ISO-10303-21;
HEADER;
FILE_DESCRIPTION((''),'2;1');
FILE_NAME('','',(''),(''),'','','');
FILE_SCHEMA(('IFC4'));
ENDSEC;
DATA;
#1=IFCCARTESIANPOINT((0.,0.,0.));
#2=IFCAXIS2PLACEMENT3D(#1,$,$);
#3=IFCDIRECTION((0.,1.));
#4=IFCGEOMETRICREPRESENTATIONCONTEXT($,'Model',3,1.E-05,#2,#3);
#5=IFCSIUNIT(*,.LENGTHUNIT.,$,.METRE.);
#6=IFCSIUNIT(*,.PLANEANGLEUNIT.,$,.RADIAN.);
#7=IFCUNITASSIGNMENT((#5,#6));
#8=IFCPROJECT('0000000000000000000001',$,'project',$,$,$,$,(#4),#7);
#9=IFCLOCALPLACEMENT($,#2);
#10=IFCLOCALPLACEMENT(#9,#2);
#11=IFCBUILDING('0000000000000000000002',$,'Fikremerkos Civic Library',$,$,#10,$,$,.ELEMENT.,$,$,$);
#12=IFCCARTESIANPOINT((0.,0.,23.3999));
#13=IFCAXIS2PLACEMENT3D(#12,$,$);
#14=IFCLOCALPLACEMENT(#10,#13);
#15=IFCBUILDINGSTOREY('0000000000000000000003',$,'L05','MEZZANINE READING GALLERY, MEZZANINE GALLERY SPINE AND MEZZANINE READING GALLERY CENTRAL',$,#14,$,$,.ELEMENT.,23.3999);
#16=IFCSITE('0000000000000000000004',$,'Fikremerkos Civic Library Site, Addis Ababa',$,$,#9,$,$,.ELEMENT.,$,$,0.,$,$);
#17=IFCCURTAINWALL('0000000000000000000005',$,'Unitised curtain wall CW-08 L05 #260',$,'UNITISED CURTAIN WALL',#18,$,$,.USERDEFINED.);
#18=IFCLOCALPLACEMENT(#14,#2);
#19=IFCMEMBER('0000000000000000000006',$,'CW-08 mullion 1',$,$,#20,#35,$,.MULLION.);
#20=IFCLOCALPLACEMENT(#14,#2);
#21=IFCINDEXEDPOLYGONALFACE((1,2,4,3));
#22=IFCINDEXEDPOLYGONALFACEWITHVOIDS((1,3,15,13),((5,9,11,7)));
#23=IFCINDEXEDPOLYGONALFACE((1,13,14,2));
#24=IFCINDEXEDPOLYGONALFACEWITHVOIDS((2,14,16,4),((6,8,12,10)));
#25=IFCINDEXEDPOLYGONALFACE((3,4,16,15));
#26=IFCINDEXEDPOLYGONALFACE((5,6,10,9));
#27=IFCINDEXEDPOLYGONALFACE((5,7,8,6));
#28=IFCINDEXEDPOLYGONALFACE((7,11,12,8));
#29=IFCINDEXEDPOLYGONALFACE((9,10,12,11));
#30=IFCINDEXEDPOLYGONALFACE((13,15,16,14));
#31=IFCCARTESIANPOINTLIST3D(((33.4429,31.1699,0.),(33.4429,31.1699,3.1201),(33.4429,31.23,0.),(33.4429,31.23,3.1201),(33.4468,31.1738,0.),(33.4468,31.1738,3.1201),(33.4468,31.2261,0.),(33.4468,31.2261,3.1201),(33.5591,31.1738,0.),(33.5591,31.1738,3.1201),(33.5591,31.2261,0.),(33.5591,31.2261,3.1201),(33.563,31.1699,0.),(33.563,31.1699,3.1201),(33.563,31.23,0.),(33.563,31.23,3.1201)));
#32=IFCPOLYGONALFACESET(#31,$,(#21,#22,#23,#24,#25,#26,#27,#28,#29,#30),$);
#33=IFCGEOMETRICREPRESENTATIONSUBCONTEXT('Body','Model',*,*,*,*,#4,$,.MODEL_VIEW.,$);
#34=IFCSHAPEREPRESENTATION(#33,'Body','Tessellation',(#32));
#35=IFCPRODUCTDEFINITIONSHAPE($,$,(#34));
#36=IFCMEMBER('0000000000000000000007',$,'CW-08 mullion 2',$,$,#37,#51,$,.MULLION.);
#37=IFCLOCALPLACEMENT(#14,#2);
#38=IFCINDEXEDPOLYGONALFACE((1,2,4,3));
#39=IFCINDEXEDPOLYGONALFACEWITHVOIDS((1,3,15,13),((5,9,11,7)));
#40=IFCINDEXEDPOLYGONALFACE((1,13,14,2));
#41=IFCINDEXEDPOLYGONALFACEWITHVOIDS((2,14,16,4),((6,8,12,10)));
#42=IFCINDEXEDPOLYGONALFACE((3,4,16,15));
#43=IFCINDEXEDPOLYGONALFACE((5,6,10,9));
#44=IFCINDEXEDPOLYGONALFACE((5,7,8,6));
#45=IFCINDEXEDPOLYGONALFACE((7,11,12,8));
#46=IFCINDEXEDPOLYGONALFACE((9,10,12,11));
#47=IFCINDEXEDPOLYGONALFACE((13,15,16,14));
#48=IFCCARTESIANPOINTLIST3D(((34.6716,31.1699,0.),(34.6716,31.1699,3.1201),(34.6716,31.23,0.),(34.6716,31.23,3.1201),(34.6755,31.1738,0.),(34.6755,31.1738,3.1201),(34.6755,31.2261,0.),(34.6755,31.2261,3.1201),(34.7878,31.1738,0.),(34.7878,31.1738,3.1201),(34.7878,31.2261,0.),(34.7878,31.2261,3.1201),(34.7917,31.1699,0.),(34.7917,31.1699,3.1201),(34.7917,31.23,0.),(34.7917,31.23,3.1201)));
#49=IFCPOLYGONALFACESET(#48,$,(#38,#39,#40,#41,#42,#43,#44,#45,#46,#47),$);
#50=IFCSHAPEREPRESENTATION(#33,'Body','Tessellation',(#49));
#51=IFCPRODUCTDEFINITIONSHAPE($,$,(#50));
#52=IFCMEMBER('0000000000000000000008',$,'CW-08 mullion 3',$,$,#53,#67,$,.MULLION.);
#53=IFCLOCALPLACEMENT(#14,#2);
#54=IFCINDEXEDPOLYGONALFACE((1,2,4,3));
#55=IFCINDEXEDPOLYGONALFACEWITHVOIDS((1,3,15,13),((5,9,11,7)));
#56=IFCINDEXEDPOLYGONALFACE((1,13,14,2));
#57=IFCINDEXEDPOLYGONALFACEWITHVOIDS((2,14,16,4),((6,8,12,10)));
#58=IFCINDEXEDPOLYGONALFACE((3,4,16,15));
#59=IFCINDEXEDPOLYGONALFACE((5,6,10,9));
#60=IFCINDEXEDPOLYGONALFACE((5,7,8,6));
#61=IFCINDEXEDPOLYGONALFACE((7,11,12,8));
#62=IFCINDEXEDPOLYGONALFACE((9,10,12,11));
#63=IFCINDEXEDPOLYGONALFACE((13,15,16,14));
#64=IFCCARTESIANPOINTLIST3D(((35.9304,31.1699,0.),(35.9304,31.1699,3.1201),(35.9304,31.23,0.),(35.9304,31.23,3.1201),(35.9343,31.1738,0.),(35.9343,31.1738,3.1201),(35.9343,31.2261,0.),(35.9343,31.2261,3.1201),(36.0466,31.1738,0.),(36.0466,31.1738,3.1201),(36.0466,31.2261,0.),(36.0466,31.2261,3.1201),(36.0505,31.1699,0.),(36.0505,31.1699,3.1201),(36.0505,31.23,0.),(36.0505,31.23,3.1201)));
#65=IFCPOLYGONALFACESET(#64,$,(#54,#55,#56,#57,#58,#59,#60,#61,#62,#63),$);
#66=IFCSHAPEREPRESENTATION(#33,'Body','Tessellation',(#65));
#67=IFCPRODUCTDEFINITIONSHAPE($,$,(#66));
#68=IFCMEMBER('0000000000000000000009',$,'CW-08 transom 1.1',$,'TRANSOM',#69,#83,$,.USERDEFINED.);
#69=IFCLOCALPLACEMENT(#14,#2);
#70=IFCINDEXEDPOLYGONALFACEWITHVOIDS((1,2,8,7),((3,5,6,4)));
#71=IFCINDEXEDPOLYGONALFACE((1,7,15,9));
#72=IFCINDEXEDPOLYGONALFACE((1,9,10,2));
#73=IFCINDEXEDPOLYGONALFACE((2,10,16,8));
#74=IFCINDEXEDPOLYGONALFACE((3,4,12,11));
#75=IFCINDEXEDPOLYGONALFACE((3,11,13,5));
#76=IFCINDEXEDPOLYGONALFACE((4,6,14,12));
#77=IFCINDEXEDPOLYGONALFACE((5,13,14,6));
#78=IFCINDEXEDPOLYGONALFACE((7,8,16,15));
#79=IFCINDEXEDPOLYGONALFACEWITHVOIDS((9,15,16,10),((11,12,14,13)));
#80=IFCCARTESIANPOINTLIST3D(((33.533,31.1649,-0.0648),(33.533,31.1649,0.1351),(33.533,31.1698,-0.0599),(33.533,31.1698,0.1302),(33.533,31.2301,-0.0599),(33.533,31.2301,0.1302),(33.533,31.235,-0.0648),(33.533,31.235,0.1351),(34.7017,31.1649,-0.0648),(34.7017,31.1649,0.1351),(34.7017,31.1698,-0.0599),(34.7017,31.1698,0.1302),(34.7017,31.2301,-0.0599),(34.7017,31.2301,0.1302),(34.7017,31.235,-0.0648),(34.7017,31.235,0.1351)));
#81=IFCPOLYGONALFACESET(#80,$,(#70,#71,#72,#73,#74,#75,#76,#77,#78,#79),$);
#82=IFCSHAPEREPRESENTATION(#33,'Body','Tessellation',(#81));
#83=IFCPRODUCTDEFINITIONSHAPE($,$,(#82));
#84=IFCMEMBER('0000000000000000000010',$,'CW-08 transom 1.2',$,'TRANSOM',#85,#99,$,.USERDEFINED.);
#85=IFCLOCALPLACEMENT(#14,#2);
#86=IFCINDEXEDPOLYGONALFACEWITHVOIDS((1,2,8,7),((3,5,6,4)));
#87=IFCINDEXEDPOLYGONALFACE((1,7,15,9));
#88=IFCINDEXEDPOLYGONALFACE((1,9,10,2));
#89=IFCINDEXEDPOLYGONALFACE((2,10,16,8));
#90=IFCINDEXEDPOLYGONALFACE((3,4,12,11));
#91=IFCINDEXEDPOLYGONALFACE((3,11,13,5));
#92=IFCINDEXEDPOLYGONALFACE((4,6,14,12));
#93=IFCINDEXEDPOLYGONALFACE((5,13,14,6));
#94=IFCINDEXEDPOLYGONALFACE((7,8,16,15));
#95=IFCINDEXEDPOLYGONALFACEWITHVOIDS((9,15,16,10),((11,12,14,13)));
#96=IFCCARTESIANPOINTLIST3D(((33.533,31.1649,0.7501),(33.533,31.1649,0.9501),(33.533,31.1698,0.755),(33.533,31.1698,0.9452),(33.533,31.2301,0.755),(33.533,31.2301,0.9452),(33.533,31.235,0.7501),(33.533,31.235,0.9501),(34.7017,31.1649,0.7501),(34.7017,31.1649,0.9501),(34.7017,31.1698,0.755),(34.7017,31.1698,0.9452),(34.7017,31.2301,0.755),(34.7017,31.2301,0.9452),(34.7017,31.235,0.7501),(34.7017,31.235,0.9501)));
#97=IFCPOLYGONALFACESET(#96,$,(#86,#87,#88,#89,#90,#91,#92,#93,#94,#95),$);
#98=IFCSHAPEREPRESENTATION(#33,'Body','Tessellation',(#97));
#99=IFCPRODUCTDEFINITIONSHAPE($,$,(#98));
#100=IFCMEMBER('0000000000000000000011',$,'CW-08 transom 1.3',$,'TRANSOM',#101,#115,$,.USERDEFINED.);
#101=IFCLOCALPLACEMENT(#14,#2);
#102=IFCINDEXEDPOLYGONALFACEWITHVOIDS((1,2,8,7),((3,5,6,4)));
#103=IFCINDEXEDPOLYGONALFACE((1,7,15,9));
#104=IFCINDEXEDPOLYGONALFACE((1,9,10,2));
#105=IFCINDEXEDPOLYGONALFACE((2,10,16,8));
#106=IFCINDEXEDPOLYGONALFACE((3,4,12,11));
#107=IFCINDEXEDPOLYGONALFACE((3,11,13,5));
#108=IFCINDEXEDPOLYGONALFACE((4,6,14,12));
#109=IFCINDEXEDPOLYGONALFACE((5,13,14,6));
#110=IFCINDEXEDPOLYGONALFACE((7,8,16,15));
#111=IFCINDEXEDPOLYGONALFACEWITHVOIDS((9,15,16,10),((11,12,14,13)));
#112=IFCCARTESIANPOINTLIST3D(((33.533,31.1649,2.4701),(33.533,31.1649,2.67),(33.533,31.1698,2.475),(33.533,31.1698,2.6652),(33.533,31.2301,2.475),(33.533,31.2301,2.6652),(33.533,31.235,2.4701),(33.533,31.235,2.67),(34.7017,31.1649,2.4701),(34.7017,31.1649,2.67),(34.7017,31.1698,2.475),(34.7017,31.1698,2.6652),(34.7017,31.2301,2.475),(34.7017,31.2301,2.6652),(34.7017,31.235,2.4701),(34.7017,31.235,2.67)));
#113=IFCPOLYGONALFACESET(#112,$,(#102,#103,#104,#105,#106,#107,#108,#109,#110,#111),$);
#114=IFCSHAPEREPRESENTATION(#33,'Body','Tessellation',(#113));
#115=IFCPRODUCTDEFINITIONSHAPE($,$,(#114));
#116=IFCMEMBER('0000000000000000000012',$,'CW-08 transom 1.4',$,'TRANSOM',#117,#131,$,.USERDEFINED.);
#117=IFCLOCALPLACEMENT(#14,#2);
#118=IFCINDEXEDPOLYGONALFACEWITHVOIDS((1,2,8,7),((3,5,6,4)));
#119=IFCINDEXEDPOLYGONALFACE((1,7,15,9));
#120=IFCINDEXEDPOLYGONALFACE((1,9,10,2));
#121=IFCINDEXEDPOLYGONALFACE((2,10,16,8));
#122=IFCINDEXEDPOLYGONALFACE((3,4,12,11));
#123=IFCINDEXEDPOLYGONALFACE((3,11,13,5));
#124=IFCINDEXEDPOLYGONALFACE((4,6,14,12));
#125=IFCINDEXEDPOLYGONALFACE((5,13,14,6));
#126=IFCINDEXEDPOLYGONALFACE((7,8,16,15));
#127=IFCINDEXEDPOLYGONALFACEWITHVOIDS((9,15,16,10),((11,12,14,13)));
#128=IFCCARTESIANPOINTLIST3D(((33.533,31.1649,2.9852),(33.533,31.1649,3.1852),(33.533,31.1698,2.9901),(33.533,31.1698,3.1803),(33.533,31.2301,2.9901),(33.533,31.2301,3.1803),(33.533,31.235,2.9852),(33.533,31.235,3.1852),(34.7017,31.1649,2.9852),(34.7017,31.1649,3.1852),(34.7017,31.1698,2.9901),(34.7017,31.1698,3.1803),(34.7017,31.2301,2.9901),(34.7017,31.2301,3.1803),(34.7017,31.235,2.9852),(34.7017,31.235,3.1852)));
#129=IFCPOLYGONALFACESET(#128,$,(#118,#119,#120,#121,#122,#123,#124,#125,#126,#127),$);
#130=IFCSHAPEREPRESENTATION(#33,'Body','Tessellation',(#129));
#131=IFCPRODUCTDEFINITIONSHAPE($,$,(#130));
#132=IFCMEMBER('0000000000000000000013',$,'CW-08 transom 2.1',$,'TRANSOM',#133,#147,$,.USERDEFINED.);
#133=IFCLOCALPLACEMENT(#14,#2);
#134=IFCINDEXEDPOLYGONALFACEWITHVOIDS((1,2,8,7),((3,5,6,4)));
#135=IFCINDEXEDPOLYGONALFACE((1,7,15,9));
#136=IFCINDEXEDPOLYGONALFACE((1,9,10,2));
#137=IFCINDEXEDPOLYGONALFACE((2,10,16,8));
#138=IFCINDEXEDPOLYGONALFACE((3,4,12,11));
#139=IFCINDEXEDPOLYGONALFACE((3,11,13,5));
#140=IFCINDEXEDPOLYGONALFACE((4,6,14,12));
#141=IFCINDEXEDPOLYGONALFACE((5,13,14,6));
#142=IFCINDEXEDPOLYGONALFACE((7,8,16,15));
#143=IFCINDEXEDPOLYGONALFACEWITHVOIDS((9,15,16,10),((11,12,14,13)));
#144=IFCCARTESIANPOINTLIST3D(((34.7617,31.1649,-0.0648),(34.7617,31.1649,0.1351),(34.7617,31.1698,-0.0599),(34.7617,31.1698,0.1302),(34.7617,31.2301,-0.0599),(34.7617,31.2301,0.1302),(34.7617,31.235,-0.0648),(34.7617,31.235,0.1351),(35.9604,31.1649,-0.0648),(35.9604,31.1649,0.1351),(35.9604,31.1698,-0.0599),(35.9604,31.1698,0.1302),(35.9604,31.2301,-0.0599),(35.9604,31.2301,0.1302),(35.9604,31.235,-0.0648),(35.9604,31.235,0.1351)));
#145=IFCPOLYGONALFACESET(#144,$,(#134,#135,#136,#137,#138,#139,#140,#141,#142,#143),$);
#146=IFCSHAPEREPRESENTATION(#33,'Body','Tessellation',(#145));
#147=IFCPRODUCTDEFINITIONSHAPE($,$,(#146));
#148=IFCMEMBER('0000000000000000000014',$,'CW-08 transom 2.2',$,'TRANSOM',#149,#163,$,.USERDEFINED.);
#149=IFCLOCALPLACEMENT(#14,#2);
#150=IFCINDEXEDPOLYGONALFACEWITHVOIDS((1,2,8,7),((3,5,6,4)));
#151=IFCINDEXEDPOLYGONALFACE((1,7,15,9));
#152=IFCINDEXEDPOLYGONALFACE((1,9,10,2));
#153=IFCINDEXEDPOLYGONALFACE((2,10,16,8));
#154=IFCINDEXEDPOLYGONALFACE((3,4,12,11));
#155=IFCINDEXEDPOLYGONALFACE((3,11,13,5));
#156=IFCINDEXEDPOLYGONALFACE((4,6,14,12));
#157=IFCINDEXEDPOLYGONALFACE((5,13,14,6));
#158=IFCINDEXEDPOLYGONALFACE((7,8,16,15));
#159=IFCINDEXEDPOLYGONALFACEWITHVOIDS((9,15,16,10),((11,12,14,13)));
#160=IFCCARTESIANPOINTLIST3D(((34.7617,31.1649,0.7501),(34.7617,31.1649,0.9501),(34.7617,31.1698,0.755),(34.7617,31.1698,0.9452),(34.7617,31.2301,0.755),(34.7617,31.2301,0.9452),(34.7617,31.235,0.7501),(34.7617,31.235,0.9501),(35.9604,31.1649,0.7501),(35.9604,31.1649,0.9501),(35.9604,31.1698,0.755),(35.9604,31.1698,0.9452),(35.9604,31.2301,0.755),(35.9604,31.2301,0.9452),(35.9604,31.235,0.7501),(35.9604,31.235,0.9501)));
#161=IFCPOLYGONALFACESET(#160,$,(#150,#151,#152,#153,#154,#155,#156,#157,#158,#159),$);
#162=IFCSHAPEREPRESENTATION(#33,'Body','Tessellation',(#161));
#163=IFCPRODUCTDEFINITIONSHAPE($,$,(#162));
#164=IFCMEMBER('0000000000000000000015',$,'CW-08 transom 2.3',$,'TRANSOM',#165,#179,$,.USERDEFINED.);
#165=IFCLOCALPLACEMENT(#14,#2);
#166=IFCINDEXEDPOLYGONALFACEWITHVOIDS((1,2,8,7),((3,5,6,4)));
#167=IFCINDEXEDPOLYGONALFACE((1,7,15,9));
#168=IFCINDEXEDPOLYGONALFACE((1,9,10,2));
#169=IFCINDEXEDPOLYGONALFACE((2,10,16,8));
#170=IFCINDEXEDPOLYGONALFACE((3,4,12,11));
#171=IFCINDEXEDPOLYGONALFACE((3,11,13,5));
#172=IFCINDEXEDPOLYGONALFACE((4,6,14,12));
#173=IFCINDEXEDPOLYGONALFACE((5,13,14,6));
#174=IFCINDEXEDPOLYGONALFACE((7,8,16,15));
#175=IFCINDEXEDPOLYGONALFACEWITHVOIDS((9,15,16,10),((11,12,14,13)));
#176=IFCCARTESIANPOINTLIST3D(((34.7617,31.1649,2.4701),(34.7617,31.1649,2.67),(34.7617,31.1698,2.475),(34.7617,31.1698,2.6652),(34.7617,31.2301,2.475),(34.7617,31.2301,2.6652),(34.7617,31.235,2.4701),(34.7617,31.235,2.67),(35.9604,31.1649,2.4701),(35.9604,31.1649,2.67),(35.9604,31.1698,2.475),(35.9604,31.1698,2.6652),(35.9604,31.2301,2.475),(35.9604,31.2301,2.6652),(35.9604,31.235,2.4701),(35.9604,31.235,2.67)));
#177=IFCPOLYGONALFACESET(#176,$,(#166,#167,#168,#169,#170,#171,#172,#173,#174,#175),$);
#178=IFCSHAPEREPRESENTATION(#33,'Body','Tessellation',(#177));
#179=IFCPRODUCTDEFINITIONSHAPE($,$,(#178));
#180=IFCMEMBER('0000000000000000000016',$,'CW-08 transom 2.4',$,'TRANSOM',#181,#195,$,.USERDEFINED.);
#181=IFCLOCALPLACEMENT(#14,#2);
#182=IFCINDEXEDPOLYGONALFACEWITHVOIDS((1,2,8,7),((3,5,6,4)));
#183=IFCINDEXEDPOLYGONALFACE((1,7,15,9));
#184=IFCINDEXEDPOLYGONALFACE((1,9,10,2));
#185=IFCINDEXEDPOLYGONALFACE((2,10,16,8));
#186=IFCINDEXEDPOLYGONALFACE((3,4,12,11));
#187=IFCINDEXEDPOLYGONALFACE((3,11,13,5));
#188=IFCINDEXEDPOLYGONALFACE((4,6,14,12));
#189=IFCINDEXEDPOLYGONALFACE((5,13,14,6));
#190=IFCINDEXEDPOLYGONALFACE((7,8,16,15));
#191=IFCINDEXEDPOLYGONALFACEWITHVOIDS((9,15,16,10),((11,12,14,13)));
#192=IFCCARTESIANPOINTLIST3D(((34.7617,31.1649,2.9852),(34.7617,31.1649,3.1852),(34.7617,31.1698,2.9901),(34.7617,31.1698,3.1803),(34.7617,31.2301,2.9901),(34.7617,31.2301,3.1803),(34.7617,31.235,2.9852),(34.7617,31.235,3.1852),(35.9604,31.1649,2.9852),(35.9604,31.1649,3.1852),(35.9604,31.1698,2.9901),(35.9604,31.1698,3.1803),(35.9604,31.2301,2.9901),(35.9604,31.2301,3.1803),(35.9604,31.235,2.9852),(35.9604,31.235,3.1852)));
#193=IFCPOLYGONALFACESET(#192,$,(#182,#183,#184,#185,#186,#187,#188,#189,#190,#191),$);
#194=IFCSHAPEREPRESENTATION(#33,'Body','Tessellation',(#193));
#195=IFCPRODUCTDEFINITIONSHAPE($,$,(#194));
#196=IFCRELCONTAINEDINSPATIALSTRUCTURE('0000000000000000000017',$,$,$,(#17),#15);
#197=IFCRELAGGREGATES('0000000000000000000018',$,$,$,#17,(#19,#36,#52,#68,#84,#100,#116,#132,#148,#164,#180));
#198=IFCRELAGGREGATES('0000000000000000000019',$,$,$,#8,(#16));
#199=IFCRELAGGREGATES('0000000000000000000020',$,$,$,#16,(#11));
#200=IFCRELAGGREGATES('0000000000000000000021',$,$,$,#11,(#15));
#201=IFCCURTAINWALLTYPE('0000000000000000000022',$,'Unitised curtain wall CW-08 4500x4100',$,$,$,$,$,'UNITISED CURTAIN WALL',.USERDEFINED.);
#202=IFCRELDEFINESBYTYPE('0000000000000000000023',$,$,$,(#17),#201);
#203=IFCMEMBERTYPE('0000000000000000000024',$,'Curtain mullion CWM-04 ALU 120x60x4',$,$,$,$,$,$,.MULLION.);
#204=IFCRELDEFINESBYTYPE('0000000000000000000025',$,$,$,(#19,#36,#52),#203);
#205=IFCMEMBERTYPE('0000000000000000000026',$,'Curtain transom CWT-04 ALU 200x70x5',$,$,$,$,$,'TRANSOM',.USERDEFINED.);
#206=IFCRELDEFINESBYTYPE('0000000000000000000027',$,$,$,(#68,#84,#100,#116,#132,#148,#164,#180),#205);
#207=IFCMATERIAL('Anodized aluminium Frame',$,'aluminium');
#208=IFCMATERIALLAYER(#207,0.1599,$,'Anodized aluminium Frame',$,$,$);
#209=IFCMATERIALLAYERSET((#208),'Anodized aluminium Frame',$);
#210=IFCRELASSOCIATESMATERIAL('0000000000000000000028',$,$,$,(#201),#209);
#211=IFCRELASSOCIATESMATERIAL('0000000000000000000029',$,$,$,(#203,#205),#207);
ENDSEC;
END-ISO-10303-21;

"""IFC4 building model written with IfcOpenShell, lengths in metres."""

from ifc_helpers import new_model, si_unit, direction, frame, origin, origin_2d, place, context, subcontext, project, spatial, hollow_rectangle, extrude, material, layer, layer_set, material_profile, profile_set, type_object, element, aggregate, save


model = new_model("IFC4")

# Units and contexts
model_context = context("Model", 3, precision=1e-05, world=origin(), true_north=direction((0.0, 1.0)))
body_context = subcontext(model_context, "Body", "Model", "MODEL_VIEW")
ifc_project = project(units=[si_unit("LENGTHUNIT", "METRE"), si_unit("PLANEANGLEUNIT", "RADIAN")], contexts=[model_context])

# Site, building, storey
site_placement = place(None, origin())
site = spatial("IfcSite", under=ifc_project, at=site_placement, Name="Fikremerkos Civic Library Site, Addis Ababa", CompositionType="ELEMENT", RefElevation=0.0)
building_placement = place(site_placement, origin())
building = spatial("IfcBuilding", under=site, at=building_placement, Name="Fikremerkos Civic Library", CompositionType="ELEMENT")
storey_placement = place(building_placement, frame((0.0, 0.0, 23.3999)))
storey = spatial("IfcBuildingStorey", under=building, at=storey_placement, Name="L05", Description="MEZZANINE READING GALLERY, MEZZANINE GALLERY SPINE AND MEZZANINE READING GALLERY CENTRAL", CompositionType="ELEMENT", Elevation=23.3999)

# Curtain wall, members
ifc_material_1 = material(Name="Anodized aluminium Frame", Category="aluminium")
ifc_layer_1 = layer(ifc_material_1, 0.1599, Name="Anodized aluminium Frame")
ifc_layer_set_1 = layer_set([ifc_layer_1], Name="Anodized aluminium Frame")
curtain_wall_type = type_object("IfcCurtainWallType", Name="Unitised curtain wall CW-08 4500x4100", ElementType="UNITISED CURTAIN WALL", PredefinedType="USERDEFINED", material=ifc_layer_set_1)
curtain_wall_placement = place(storey_placement, origin())
curtain_wall = element("IfcCurtainWall", 1, at=curtain_wall_placement, inside=storey, type_object=curtain_wall_type, Name="Unitised curtain wall CW-08 L05 #260", ObjectType="UNITISED CURTAIN WALL", PredefinedType="USERDEFINED")
ifc_material_profile_1 = material_profile(ifc_material_1, hollow_rectangle(XDim=0.0601, YDim=0.1201, WallThickness=0.0039, at=origin_2d()), Name="ALU 120x60x4")
ifc_profile_set_1 = profile_set([ifc_material_profile_1], Name="Anodized aluminium Frame")
member_type_1 = type_object("IfcMemberType", Name="Curtain mullion CWM-04 ALU 120x60x4", PredefinedType="MULLION", material=ifc_profile_set_1)
member_1_placement = place(storey_placement, frame((33.5029, 31.2, 0.0), z_axis=(0.0, 0.0, 1.0), x_axis=(0.0, 1.0, 0.0)))
member_1 = element("IfcMember", 2, at=member_1_placement, type_object=member_type_1, Name="CW-08 mullion 1", PredefinedType="MULLION", context=body_context, shape_type="SweptSolid", body=[
    extrude(hollow_rectangle(XDim=0.0601, YDim=0.1201, WallThickness=0.0039, at=origin_2d()), origin(), (0.0, 0.0, 1.0), 3.1201),
])
member_2_placement = place(storey_placement, frame((34.7317, 31.2, 0.0), z_axis=(0.0, 0.0, 1.0), x_axis=(0.0, 1.0, 0.0)))
member_2 = element("IfcMember", 3, at=member_2_placement, type_object=member_type_1, Name="CW-08 mullion 2", PredefinedType="MULLION", context=body_context, shape_type="SweptSolid", body=[
    extrude(hollow_rectangle(XDim=0.0601, YDim=0.1201, WallThickness=0.0039, at=origin_2d()), origin(), (0.0, 0.0, 1.0), 3.1201),
])
member_3_placement = place(storey_placement, frame((35.9905, 31.2, 0.0), z_axis=(0.0, 0.0, 1.0), x_axis=(0.0, 1.0, 0.0)))
member_3 = element("IfcMember", 4, at=member_3_placement, type_object=member_type_1, Name="CW-08 mullion 3", PredefinedType="MULLION", context=body_context, shape_type="SweptSolid", body=[
    extrude(hollow_rectangle(XDim=0.0601, YDim=0.1201, WallThickness=0.0039, at=origin_2d()), origin(), (0.0, 0.0, 1.0), 3.1201),
])
ifc_material_profile_2 = material_profile(ifc_material_1, hollow_rectangle(XDim=0.0701, YDim=0.2, WallThickness=0.0049, at=origin_2d()), Name="ALU 200x70x5")
ifc_profile_set_2 = profile_set([ifc_material_profile_2], Name="Anodized aluminium Frame")
member_type_2 = type_object("IfcMemberType", Name="Curtain transom CWT-04 ALU 200x70x5", ElementType="TRANSOM", PredefinedType="USERDEFINED", material=ifc_profile_set_2)
member_4_placement = place(storey_placement, frame((33.533, 31.2, 0.0352), z_axis=(1.0, 0.0, 0.0), x_axis=(0.0, 1.0, 0.0)))
member_4 = element("IfcMember", 5, at=member_4_placement, type_object=member_type_2, Name="CW-08 transom 1.1", ObjectType="TRANSOM", PredefinedType="USERDEFINED", context=body_context, shape_type="SweptSolid", body=[
    extrude(hollow_rectangle(XDim=0.0701, YDim=0.2, WallThickness=0.0049, at=origin_2d()), origin(), (0.0, 0.0, 1.0), 1.1687),
])
member_5_placement = place(storey_placement, frame((33.533, 31.2, 0.8501), z_axis=(1.0, 0.0, 0.0), x_axis=(0.0, 1.0, 0.0)))
member_5 = element("IfcMember", 6, at=member_5_placement, type_object=member_type_2, Name="CW-08 transom 1.2", ObjectType="TRANSOM", PredefinedType="USERDEFINED", context=body_context, shape_type="SweptSolid", body=[
    extrude(hollow_rectangle(XDim=0.0701, YDim=0.2, WallThickness=0.0049, at=origin_2d()), origin(), (0.0, 0.0, 1.0), 1.1687),
])
member_6_placement = place(storey_placement, frame((33.533, 31.2, 2.5701), z_axis=(1.0, 0.0, 0.0), x_axis=(0.0, 1.0, 0.0)))
member_6 = element("IfcMember", 7, at=member_6_placement, type_object=member_type_2, Name="CW-08 transom 1.3", ObjectType="TRANSOM", PredefinedType="USERDEFINED", context=body_context, shape_type="SweptSolid", body=[
    extrude(hollow_rectangle(XDim=0.0701, YDim=0.2, WallThickness=0.0049, at=origin_2d()), origin(), (0.0, 0.0, 1.0), 1.1687),
])
member_7_placement = place(storey_placement, frame((33.533, 31.2, 3.0852), z_axis=(1.0, 0.0, 0.0), x_axis=(0.0, 1.0, 0.0)))
member_7 = element("IfcMember", 8, at=member_7_placement, type_object=member_type_2, Name="CW-08 transom 1.4", ObjectType="TRANSOM", PredefinedType="USERDEFINED", context=body_context, shape_type="SweptSolid", body=[
    extrude(hollow_rectangle(XDim=0.0701, YDim=0.2, WallThickness=0.0049, at=origin_2d()), origin(), (0.0, 0.0, 1.0), 1.1687),
])
member_8_placement = place(storey_placement, frame((34.7617, 31.2, 0.0352), z_axis=(1.0, 0.0, 0.0), x_axis=(0.0, 1.0, 0.0)))
member_8 = element("IfcMember", 9, at=member_8_placement, type_object=member_type_2, Name="CW-08 transom 2.1", ObjectType="TRANSOM", PredefinedType="USERDEFINED", context=body_context, shape_type="SweptSolid", body=[
    extrude(hollow_rectangle(XDim=0.0701, YDim=0.2, WallThickness=0.0049, at=origin_2d()), origin(), (0.0, 0.0, 1.0), 1.1987),
])
member_9_placement = place(storey_placement, frame((34.7617, 31.2, 0.8501), z_axis=(1.0, 0.0, 0.0), x_axis=(0.0, 1.0, 0.0)))
member_9 = element("IfcMember", 10, at=member_9_placement, type_object=member_type_2, Name="CW-08 transom 2.2", ObjectType="TRANSOM", PredefinedType="USERDEFINED", context=body_context, shape_type="SweptSolid", body=[
    extrude(hollow_rectangle(XDim=0.0701, YDim=0.2, WallThickness=0.0049, at=origin_2d()), origin(), (0.0, 0.0, 1.0), 1.1987),
])
member_10_placement = place(storey_placement, frame((34.7617, 31.2, 2.5701), z_axis=(1.0, 0.0, 0.0), x_axis=(0.0, 1.0, 0.0)))
member_10 = element("IfcMember", 11, at=member_10_placement, type_object=member_type_2, Name="CW-08 transom 2.3", ObjectType="TRANSOM", PredefinedType="USERDEFINED", context=body_context, shape_type="SweptSolid", body=[
    extrude(hollow_rectangle(XDim=0.0701, YDim=0.2, WallThickness=0.0049, at=origin_2d()), origin(), (0.0, 0.0, 1.0), 1.1987),
])
member_11_placement = place(storey_placement, frame((34.7617, 31.2, 3.0852), z_axis=(1.0, 0.0, 0.0), x_axis=(0.0, 1.0, 0.0)))
member_11 = element("IfcMember", 12, at=member_11_placement, type_object=member_type_2, Name="CW-08 transom 2.4", ObjectType="TRANSOM", PredefinedType="USERDEFINED", context=body_context, shape_type="SweptSolid", body=[
    extrude(hollow_rectangle(XDim=0.0701, YDim=0.2, WallThickness=0.0049, at=origin_2d()), origin(), (0.0, 0.0, 1.0), 1.1987),
])
aggregate(curtain_wall, [member_1, member_2, member_3, member_4, member_5, member_6, member_7, member_8, member_9, member_10, member_11])

save(model, "model.ifc")
